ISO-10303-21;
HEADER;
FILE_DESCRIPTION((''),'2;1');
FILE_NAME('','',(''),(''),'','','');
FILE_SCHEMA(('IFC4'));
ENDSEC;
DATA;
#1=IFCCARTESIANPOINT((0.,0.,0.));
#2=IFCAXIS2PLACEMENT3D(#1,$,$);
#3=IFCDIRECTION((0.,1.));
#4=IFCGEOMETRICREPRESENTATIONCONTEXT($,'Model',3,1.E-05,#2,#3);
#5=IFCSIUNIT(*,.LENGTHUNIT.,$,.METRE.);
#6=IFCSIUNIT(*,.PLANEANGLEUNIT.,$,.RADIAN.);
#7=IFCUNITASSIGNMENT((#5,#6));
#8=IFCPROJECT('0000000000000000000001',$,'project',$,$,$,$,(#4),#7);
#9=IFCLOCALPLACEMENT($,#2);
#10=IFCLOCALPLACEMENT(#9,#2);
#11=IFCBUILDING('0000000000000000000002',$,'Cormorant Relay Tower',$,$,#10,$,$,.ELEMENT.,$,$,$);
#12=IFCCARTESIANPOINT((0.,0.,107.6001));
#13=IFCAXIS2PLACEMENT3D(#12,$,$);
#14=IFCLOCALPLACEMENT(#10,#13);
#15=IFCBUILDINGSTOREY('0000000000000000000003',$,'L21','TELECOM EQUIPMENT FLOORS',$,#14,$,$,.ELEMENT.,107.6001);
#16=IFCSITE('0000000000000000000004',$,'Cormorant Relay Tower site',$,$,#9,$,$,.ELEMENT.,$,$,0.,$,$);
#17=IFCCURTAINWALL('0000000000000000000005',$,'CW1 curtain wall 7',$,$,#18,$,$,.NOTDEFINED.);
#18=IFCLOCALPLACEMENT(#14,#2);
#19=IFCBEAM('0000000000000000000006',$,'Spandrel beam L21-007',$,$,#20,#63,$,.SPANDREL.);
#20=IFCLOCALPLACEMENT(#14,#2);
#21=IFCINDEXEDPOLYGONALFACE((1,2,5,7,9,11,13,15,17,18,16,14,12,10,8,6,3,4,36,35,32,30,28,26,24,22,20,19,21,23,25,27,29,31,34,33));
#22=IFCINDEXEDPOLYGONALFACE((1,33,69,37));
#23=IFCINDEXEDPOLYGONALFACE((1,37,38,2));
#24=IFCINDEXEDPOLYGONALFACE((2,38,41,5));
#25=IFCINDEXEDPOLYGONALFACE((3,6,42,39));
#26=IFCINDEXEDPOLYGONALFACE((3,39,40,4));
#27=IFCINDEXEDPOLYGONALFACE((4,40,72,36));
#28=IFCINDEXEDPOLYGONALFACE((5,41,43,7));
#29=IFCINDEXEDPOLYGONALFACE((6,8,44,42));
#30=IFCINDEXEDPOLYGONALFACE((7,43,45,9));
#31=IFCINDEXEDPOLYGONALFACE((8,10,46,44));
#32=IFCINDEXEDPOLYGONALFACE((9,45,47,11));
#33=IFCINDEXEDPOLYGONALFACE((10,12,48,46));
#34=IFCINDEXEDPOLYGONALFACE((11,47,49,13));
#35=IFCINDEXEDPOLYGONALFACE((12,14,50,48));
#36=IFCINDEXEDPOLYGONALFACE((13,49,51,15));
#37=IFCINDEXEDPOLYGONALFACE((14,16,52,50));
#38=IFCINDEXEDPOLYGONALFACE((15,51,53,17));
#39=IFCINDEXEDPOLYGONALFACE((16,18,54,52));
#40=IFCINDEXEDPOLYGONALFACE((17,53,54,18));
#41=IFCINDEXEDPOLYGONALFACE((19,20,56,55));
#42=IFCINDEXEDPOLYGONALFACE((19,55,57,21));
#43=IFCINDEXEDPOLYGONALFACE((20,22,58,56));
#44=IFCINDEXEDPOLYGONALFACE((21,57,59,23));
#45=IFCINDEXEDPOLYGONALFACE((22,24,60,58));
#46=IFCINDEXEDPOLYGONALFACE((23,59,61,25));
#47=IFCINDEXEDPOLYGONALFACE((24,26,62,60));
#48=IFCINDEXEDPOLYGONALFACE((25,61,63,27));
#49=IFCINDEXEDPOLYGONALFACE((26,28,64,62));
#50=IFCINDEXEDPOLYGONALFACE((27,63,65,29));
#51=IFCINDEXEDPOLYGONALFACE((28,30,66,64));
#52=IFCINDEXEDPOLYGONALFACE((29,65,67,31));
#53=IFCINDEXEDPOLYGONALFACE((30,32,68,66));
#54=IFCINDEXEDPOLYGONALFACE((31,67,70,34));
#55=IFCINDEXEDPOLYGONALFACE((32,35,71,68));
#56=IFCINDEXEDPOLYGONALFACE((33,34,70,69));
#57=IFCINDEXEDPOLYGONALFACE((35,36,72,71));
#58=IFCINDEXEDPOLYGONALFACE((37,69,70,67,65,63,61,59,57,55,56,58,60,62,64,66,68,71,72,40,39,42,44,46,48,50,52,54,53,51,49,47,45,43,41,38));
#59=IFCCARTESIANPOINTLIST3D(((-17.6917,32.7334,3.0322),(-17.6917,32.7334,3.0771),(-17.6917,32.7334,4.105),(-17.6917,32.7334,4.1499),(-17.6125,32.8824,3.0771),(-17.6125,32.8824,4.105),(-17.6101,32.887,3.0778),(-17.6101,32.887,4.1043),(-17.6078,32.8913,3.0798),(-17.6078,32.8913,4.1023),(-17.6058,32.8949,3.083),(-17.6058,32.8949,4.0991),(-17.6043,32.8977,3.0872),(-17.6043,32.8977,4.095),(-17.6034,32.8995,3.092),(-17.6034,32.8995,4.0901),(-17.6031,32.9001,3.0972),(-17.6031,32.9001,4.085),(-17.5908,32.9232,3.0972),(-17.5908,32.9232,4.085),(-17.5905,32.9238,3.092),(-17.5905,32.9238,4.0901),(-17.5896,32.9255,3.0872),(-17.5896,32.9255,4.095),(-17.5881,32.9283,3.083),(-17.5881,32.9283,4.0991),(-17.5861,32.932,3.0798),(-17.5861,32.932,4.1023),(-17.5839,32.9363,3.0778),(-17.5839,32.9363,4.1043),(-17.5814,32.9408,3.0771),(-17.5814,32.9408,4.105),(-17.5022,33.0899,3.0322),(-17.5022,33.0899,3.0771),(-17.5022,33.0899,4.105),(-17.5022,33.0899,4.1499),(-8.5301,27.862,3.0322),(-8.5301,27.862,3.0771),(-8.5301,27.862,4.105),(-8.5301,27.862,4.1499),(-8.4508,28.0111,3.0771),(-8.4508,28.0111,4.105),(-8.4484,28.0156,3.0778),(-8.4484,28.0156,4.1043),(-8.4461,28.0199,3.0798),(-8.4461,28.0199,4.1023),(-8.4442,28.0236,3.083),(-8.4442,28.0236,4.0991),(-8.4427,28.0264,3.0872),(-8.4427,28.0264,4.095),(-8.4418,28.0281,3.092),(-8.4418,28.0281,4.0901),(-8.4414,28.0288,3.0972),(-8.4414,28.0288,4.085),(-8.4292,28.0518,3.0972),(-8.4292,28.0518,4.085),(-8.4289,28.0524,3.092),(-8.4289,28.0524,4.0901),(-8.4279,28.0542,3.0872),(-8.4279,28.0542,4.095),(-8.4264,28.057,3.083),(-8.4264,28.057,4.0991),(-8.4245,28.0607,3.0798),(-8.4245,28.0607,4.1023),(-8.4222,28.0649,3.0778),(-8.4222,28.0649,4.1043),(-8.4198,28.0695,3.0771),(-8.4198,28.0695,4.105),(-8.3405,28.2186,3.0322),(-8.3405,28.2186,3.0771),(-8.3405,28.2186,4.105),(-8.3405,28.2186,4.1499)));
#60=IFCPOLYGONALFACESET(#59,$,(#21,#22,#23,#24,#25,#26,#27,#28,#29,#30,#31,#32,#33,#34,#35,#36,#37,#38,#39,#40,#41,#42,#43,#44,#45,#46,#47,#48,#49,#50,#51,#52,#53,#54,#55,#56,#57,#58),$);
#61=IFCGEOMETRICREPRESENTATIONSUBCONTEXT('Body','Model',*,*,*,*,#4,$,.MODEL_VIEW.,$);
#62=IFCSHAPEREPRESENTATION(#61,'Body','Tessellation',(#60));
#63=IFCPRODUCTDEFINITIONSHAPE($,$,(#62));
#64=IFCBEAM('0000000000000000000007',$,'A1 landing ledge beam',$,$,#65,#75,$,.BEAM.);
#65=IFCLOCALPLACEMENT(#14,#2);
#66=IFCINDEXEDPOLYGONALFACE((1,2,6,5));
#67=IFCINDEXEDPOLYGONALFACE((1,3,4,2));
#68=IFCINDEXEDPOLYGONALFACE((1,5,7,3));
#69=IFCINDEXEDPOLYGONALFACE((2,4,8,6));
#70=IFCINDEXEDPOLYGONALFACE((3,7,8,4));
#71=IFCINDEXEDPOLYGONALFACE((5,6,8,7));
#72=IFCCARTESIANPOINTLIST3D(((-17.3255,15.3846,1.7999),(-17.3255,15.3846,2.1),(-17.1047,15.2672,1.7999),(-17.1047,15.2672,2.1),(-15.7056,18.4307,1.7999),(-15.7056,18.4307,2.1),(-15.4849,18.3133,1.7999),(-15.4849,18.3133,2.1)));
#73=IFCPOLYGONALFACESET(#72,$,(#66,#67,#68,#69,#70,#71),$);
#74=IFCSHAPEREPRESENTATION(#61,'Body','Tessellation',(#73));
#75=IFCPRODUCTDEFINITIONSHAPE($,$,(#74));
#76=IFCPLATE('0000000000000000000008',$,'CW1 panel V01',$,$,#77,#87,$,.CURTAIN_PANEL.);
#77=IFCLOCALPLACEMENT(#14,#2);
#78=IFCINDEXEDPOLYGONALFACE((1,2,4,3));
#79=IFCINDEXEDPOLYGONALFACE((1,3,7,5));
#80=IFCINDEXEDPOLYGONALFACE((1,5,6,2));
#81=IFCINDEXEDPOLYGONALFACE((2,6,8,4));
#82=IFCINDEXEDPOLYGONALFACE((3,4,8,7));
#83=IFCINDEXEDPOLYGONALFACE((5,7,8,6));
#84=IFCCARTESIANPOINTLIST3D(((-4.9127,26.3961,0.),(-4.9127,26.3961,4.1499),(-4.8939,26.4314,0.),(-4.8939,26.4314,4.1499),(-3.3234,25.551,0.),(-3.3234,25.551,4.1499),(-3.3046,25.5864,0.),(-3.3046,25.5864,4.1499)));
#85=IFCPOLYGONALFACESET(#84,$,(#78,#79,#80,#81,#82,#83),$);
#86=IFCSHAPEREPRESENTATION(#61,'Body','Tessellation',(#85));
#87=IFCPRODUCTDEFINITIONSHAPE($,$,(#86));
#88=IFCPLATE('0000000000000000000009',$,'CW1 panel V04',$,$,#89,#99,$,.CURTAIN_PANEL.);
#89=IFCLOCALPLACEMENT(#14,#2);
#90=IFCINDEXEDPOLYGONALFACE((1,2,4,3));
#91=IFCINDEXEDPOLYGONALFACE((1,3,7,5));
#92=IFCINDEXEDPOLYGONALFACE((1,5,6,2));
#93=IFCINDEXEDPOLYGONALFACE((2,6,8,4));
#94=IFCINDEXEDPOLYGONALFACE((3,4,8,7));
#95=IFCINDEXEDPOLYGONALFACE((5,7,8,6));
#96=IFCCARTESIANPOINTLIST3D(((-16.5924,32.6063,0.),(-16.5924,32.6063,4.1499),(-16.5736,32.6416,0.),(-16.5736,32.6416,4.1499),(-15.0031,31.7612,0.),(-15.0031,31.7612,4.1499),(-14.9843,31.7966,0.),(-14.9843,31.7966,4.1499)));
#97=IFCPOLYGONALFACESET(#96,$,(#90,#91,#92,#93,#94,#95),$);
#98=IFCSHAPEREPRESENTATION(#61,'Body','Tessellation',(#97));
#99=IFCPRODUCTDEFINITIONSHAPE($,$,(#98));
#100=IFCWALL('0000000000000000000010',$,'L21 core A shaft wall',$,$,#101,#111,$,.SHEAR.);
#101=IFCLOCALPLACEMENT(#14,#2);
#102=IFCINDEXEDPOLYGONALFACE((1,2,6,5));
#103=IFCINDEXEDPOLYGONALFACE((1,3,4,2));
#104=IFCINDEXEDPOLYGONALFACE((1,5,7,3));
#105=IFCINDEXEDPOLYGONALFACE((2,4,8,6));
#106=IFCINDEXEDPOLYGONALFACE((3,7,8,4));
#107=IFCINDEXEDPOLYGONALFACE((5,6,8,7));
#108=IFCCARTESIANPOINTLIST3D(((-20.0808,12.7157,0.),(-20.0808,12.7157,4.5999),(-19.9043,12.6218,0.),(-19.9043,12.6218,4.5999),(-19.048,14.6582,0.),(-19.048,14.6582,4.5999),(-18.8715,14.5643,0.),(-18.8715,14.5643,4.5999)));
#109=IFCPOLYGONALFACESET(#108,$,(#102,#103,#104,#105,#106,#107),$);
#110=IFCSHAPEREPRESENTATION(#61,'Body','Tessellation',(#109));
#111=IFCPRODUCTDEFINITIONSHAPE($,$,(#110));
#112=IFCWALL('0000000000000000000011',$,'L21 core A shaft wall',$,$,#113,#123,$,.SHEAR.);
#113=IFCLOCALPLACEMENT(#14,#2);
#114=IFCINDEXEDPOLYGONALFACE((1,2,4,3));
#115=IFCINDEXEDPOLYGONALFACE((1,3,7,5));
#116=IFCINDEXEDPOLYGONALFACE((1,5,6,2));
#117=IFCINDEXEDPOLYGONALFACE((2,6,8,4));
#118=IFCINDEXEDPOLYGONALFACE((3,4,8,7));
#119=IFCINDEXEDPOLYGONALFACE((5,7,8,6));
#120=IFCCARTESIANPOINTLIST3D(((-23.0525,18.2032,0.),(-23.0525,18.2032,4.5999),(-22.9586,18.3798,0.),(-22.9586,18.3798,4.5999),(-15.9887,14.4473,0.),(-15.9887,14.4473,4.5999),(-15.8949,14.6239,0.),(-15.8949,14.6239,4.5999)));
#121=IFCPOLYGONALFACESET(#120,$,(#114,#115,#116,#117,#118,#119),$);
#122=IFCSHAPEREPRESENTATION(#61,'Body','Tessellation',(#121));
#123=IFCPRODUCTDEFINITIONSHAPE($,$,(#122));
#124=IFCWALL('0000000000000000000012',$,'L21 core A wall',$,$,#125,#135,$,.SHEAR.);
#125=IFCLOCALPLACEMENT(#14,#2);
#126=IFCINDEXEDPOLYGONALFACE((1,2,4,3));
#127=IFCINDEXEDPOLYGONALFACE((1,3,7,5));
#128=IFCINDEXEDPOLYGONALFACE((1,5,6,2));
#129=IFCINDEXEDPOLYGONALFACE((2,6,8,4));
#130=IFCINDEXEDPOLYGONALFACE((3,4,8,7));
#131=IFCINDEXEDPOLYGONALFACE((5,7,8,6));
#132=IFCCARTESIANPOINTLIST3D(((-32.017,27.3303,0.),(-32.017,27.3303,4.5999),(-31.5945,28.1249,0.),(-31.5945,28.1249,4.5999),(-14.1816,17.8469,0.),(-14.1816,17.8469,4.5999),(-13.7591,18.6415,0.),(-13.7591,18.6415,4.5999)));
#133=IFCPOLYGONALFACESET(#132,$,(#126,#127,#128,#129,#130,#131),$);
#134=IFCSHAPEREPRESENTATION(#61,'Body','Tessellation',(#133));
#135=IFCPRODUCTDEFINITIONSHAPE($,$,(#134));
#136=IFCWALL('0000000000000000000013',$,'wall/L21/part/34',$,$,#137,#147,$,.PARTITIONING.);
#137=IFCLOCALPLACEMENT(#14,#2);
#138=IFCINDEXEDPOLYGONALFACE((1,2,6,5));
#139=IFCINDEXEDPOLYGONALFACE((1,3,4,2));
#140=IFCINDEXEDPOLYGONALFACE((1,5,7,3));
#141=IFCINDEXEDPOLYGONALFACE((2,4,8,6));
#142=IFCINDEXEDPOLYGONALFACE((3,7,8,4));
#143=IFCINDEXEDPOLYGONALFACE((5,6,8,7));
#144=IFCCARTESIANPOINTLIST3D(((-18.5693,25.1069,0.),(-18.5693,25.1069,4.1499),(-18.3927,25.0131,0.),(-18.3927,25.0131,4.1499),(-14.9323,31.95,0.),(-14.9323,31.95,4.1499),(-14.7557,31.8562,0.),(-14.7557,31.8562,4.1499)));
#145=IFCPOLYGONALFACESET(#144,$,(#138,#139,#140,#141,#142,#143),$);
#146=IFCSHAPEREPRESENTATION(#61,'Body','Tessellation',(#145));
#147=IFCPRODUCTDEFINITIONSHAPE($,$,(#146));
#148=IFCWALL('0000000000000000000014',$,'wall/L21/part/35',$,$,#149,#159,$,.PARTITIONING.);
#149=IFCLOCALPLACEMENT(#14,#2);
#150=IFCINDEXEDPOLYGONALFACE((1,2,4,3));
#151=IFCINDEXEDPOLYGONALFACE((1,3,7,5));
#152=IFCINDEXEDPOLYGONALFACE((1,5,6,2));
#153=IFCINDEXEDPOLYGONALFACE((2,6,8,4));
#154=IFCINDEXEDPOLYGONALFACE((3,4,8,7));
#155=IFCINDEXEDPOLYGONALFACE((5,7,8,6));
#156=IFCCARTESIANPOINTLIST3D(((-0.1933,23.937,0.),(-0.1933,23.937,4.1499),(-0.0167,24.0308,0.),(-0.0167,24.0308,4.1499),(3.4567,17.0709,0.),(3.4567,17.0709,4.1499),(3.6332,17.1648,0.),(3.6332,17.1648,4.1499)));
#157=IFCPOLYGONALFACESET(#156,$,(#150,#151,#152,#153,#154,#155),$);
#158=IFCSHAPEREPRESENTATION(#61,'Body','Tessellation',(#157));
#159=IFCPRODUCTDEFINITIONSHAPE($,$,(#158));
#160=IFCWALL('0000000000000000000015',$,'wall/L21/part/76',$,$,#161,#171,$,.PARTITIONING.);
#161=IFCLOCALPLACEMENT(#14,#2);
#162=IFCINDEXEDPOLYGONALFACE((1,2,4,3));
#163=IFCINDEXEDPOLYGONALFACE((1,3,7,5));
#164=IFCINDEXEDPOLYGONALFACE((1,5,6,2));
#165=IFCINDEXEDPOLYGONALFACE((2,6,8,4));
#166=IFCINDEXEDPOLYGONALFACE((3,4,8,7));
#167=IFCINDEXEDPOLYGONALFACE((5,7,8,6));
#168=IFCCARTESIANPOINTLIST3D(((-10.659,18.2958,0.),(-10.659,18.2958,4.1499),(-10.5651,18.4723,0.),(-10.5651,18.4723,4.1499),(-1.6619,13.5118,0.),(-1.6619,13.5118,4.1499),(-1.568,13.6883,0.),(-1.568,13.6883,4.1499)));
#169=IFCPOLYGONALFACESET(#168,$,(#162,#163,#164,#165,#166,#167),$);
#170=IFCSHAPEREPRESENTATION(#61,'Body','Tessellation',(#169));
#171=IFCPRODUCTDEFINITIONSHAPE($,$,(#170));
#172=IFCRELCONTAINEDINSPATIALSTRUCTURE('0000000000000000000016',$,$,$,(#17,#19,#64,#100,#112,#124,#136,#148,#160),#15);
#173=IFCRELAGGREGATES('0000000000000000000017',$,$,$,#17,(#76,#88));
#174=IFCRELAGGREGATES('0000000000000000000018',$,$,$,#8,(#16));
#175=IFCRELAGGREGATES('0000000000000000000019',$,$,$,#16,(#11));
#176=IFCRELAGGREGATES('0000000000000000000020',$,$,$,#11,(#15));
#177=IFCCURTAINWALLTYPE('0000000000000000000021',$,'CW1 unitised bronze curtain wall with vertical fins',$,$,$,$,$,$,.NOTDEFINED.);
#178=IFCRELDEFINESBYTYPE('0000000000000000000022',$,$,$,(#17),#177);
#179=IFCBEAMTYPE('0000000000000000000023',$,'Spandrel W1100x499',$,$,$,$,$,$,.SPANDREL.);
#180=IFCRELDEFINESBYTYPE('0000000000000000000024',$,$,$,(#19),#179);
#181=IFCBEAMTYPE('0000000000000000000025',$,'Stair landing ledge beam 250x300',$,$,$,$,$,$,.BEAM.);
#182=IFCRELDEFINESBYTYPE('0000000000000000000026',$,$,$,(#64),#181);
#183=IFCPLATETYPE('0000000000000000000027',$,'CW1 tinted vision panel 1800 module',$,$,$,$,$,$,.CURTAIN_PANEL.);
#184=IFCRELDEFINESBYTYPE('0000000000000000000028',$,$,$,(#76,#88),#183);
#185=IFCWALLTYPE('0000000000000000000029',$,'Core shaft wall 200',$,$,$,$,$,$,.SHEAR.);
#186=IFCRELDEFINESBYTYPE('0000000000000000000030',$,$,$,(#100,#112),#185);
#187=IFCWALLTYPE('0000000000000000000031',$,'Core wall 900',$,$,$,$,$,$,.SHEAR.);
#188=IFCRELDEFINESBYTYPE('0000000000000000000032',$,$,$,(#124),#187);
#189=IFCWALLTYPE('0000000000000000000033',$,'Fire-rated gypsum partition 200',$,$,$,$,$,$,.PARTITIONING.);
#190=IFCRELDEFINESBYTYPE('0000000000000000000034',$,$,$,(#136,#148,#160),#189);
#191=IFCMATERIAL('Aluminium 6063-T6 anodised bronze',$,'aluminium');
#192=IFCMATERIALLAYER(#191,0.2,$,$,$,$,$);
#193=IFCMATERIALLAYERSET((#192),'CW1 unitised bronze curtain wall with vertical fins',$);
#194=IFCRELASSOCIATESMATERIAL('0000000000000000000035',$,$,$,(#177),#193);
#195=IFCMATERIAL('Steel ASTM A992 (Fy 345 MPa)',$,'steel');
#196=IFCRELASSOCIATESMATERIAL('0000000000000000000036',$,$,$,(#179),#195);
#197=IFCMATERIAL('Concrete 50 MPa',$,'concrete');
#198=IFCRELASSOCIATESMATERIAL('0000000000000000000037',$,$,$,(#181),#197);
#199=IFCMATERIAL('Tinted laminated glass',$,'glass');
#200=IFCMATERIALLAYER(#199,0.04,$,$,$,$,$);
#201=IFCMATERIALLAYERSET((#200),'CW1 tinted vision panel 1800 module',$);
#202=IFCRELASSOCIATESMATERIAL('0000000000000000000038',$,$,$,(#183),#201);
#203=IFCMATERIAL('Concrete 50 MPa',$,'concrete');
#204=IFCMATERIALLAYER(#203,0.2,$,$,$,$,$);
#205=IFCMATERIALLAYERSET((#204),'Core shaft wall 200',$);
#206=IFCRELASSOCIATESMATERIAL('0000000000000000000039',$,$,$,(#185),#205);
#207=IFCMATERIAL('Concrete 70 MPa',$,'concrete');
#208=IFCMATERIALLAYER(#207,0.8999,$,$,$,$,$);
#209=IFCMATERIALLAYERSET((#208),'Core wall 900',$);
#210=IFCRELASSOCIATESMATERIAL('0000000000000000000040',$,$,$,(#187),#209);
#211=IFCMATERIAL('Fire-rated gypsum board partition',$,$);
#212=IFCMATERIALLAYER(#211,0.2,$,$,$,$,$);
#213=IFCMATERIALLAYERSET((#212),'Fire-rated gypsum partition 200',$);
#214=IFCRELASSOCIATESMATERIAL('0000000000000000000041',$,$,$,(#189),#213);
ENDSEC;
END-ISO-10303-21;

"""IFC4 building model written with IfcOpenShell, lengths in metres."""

from ifc_helpers import new_model, si_unit, direction, frame, frame_2d, origin, origin_2d, place, context, subcontext, project, spatial, rectangle, i_section, extrude, material, layer, layer_set, material_profile, profile_set, type_object, element, aggregate, save


model = new_model("IFC4")

# Units and contexts
model_context = context("Model", 3, precision=1e-05, world=origin(), true_north=direction((0.0, 1.0)))
body_context = subcontext(model_context, "Body", "Model", "MODEL_VIEW")
ifc_project = project(units=[si_unit("LENGTHUNIT", "METRE"), si_unit("PLANEANGLEUNIT", "RADIAN")], contexts=[model_context])

# Site, building, storey
site_placement = place(None, origin())
site = spatial("IfcSite", under=ifc_project, at=site_placement, Name="Cormorant Relay Tower site", CompositionType="ELEMENT", RefElevation=0.0)
building_placement = place(site_placement, origin())
building = spatial("IfcBuilding", under=site, at=building_placement, Name="Cormorant Relay Tower", CompositionType="ELEMENT")
storey_placement = place(building_placement, frame((0.0, 0.0, 107.6001)))
storey = spatial("IfcBuildingStorey", under=building, at=storey_placement, Name="L21", Description="TELECOM EQUIPMENT FLOORS", CompositionType="ELEMENT", Elevation=107.6001)

# Curtain wall
ifc_material_1 = material(Name="Aluminium 6063-T6 anodised bronze", Category="aluminium")
ifc_layer_1 = layer(ifc_material_1, 0.2)
ifc_layer_set_1 = layer_set([ifc_layer_1], Name="CW1 unitised bronze curtain wall with vertical fins")
curtain_wall_type = type_object("IfcCurtainWallType", Name="CW1 unitised bronze curtain wall with vertical fins", PredefinedType="NOTDEFINED", material=ifc_layer_set_1)
curtain_wall_placement = place(storey_placement, origin())
curtain_wall = element("IfcCurtainWall", 1, at=curtain_wall_placement, inside=storey, type_object=curtain_wall_type, Name="CW1 curtain wall 7", PredefinedType="NOTDEFINED")

# Beams
ifc_material_2 = material(Name="Steel ASTM A992 (Fy 345 MPa)", Category="steel")
ifc_material_profile_1 = material_profile(ifc_material_2, i_section(OverallWidth=0.4038, OverallDepth=1.1177, WebThickness=0.0261, FlangeThickness=0.0449, FilletRadius=0.02, at=origin_2d()), Name="W1100x499")
ifc_profile_set_1 = profile_set([ifc_material_profile_1], Name="Steel ASTM A992 (Fy 345 MPa)")
beam_type_1 = type_object("IfcBeamType", Name="Spandrel W1100x499", PredefinedType="SPANDREL", material=ifc_profile_set_1)
beam_1_placement = place(storey_placement, frame((-8.4353, 28.0403, 3.5911), z_axis=(-0.882947, 0.469473, 0.0), x_axis=(-0.469473, -0.882947, 0.0)))
element("IfcBeam", 2, at=beam_1_placement, inside=storey, type_object=beam_type_1, Name="Spandrel beam L21-007", PredefinedType="SPANDREL", context=body_context, shape_type="SweptSolid", body=[
    extrude(i_section(OverallWidth=0.4038, OverallDepth=1.1177, WebThickness=0.0261, FlangeThickness=0.0449, FilletRadius=0.02, at=origin_2d()), origin(), (0.0, 0.0, 1.0), 10.3762),
])
ifc_material_3 = material(Name="Concrete 50 MPa", Category="concrete")
ifc_material_profile_2 = material_profile(ifc_material_3, rectangle(XDim=0.25, YDim=0.3, at=origin_2d()), Name="RC 250x300")
ifc_profile_set_2 = profile_set([ifc_material_profile_2], Name="Concrete 50 MPa")
beam_type_2 = type_object("IfcBeamType", Name="Stair landing ledge beam 250x300", PredefinedType="BEAM", material=ifc_profile_set_2)
beam_2_placement = place(storey_placement, frame((-17.2151, 15.3259, 1.95), z_axis=(0.469519, 0.882922, 0.0), x_axis=(-0.882922, 0.469519, 0.0)))
element("IfcBeam", 3, at=beam_2_placement, inside=storey, type_object=beam_type_2, Name="A1 landing ledge beam", PredefinedType="BEAM", context=body_context, shape_type="SweptSolid", body=[
    extrude(rectangle(XDim=0.25, YDim=0.3, at=origin_2d()), origin(), (0.0, 0.0, 1.0), 3.45),
])

# Plates
ifc_material_4 = material(Name="Tinted laminated glass", Category="glass")
ifc_layer_2 = layer(ifc_material_4, 0.04)
ifc_layer_set_2 = layer_set([ifc_layer_2], Name="CW1 tinted vision panel 1800 module")
plate_type = type_object("IfcPlateType", Name="CW1 tinted vision panel 1800 module", PredefinedType="CURTAIN_PANEL", material=ifc_layer_set_2)
plate_1_placement = place(storey_placement, frame((-4.1086, 25.9912, 0.0), z_axis=(0.0, 0.0, 1.0), x_axis=(-0.882948, 0.469472, 0.0)))
plate_1 = element("IfcPlate", 4, at=plate_1_placement, type_object=plate_type, Name="CW1 panel V01", PredefinedType="CURTAIN_PANEL", context=body_context, shape_type="SweptSolid", body=[
    extrude(rectangle(XDim=1.8, YDim=0.04, at=origin_2d()), origin(), (0.0, 0.0, 1.0), 4.1499),
])
plate_2_placement = place(storey_placement, frame((-15.7883, 32.2014, 0.0), z_axis=(0.0, 0.0, 1.0), x_axis=(-0.882948, 0.469472, 0.0)))
plate_2 = element("IfcPlate", 5, at=plate_2_placement, type_object=plate_type, Name="CW1 panel V04", PredefinedType="CURTAIN_PANEL", context=body_context, shape_type="SweptSolid", body=[
    extrude(rectangle(XDim=1.8, YDim=0.04, at=origin_2d()), origin(), (0.0, 0.0, 1.0), 4.1499),
])

# Walls
ifc_material_5 = material(Name="Concrete 50 MPa", Category="concrete")
ifc_layer_3 = layer(ifc_material_5, 0.2)
ifc_layer_set_3 = layer_set([ifc_layer_3], Name="Core shaft wall 200")
wall_type_1 = type_object("IfcWallType", Name="Core shaft wall 200", PredefinedType="SHEAR", material=ifc_layer_set_3)
wall_1_placement = place(storey_placement, frame((-18.9597, 14.6113, 0.0), z_axis=(0.0, 0.0, 1.0), x_axis=(-0.469447, -0.88296, 0.0)))
element("IfcWall", 6, at=wall_1_placement, inside=storey, type_object=wall_type_1, Name="L21 core A shaft wall", PredefinedType="SHEAR", context=body_context, shape_type="SweptSolid", body=[
    extrude(rectangle(XDim=2.2, YDim=0.2, at=frame_2d((1.1001, 0.0))), origin(), (0.0, 0.0, 1.0), 4.5999),
])
wall_2_placement = place(storey_placement, frame((-15.9419, 14.5356, 0.0), z_axis=(0.0, 0.0, 1.0), x_axis=(-0.882947, 0.469473, 0.0)))
element("IfcWall", 7, at=wall_2_placement, inside=storey, type_object=wall_type_1, Name="L21 core A shaft wall", PredefinedType="SHEAR", context=body_context, shape_type="SweptSolid", body=[
    extrude(rectangle(XDim=8.0002, YDim=0.2, at=frame_2d((4.0, 0.0))), origin(), (0.0, 0.0, 1.0), 4.5999),
])

# Shared definitions
ifc_material_6 = material(Name="Concrete 70 MPa", Category="concrete")
ifc_layer_4 = layer(ifc_material_6, 0.8999)
ifc_layer_set_4 = layer_set([ifc_layer_4], Name="Core wall 900")
wall_type_2 = type_object("IfcWallType", Name="Core wall 900", PredefinedType="SHEAR", material=ifc_layer_set_4)

# Walls
wall_3_placement = place(storey_placement, frame((-13.9702, 18.2441, 0.0), z_axis=(0.0, 0.0, 1.0), x_axis=(-0.882945, 0.469476, 0.0)))
element("IfcWall", 8, at=wall_3_placement, inside=storey, type_object=wall_type_2, Name="L21 core A wall", PredefinedType="SHEAR", context=body_context, shape_type="SweptSolid", body=[
    extrude(rectangle(XDim=20.2, YDim=0.8999, at=frame_2d((10.1001, 0.0))), origin(), (0.0, 0.0, 1.0), 4.5999),
])
ifc_material_7 = material(Name="Fire-rated gypsum board partition")
ifc_layer_5 = layer(ifc_material_7, 0.2)
ifc_layer_set_5 = layer_set([ifc_layer_5], Name="Fire-rated gypsum partition 200")
wall_type_3 = type_object("IfcWallType", Name="Fire-rated gypsum partition 200", PredefinedType="PARTITIONING", material=ifc_layer_set_5)
wall_4_placement = place(storey_placement, frame((-14.844, 31.9031, 0.0), z_axis=(0.0, 0.0, 1.0), x_axis=(-0.469317, -0.88303, 0.0)))
element("IfcWall", 9, at=wall_4_placement, inside=storey, type_object=wall_type_3, Name="wall/L21/part/34", PredefinedType="PARTITIONING", context=body_context, shape_type="SweptSolid", body=[
    extrude(rectangle(XDim=7.7495, YDim=0.2, at=frame_2d((3.8748, 0.0))), origin(), (0.0, 0.0, 1.0), 4.1499),
])
wall_5_placement = place(storey_placement, frame((-0.105, 23.9839, 0.0), z_axis=(0.0, 0.0, 1.0), x_axis=(0.469392, -0.88299, 0.0)))
element("IfcWall", 10, at=wall_5_placement, inside=storey, type_object=wall_type_3, Name="wall/L21/part/35", PredefinedType="PARTITIONING", context=body_context, shape_type="SweptSolid", body=[
    extrude(rectangle(XDim=7.7759, YDim=0.2, at=frame_2d((3.8879, 0.0))), origin(), (0.0, 0.0, 1.0), 4.1499),
])
wall_6_placement = place(storey_placement, frame((-10.6121, 18.384, 0.0), z_axis=(0.0, 0.0, 1.0), x_axis=(0.882943, -0.46948, 0.0)))
element("IfcWall", 11, at=wall_6_placement, inside=storey, type_object=wall_type_3, Name="wall/L21/part/76", PredefinedType="PARTITIONING", context=body_context, shape_type="SweptSolid", body=[
    extrude(rectangle(XDim=10.1899, YDim=0.2, at=frame_2d((5.095, 0.0))), origin(), (0.0, 0.0, 1.0), 4.1499),
])

aggregate(curtain_wall, [plate_1, plate_2])

save(model, "model.ifc")
